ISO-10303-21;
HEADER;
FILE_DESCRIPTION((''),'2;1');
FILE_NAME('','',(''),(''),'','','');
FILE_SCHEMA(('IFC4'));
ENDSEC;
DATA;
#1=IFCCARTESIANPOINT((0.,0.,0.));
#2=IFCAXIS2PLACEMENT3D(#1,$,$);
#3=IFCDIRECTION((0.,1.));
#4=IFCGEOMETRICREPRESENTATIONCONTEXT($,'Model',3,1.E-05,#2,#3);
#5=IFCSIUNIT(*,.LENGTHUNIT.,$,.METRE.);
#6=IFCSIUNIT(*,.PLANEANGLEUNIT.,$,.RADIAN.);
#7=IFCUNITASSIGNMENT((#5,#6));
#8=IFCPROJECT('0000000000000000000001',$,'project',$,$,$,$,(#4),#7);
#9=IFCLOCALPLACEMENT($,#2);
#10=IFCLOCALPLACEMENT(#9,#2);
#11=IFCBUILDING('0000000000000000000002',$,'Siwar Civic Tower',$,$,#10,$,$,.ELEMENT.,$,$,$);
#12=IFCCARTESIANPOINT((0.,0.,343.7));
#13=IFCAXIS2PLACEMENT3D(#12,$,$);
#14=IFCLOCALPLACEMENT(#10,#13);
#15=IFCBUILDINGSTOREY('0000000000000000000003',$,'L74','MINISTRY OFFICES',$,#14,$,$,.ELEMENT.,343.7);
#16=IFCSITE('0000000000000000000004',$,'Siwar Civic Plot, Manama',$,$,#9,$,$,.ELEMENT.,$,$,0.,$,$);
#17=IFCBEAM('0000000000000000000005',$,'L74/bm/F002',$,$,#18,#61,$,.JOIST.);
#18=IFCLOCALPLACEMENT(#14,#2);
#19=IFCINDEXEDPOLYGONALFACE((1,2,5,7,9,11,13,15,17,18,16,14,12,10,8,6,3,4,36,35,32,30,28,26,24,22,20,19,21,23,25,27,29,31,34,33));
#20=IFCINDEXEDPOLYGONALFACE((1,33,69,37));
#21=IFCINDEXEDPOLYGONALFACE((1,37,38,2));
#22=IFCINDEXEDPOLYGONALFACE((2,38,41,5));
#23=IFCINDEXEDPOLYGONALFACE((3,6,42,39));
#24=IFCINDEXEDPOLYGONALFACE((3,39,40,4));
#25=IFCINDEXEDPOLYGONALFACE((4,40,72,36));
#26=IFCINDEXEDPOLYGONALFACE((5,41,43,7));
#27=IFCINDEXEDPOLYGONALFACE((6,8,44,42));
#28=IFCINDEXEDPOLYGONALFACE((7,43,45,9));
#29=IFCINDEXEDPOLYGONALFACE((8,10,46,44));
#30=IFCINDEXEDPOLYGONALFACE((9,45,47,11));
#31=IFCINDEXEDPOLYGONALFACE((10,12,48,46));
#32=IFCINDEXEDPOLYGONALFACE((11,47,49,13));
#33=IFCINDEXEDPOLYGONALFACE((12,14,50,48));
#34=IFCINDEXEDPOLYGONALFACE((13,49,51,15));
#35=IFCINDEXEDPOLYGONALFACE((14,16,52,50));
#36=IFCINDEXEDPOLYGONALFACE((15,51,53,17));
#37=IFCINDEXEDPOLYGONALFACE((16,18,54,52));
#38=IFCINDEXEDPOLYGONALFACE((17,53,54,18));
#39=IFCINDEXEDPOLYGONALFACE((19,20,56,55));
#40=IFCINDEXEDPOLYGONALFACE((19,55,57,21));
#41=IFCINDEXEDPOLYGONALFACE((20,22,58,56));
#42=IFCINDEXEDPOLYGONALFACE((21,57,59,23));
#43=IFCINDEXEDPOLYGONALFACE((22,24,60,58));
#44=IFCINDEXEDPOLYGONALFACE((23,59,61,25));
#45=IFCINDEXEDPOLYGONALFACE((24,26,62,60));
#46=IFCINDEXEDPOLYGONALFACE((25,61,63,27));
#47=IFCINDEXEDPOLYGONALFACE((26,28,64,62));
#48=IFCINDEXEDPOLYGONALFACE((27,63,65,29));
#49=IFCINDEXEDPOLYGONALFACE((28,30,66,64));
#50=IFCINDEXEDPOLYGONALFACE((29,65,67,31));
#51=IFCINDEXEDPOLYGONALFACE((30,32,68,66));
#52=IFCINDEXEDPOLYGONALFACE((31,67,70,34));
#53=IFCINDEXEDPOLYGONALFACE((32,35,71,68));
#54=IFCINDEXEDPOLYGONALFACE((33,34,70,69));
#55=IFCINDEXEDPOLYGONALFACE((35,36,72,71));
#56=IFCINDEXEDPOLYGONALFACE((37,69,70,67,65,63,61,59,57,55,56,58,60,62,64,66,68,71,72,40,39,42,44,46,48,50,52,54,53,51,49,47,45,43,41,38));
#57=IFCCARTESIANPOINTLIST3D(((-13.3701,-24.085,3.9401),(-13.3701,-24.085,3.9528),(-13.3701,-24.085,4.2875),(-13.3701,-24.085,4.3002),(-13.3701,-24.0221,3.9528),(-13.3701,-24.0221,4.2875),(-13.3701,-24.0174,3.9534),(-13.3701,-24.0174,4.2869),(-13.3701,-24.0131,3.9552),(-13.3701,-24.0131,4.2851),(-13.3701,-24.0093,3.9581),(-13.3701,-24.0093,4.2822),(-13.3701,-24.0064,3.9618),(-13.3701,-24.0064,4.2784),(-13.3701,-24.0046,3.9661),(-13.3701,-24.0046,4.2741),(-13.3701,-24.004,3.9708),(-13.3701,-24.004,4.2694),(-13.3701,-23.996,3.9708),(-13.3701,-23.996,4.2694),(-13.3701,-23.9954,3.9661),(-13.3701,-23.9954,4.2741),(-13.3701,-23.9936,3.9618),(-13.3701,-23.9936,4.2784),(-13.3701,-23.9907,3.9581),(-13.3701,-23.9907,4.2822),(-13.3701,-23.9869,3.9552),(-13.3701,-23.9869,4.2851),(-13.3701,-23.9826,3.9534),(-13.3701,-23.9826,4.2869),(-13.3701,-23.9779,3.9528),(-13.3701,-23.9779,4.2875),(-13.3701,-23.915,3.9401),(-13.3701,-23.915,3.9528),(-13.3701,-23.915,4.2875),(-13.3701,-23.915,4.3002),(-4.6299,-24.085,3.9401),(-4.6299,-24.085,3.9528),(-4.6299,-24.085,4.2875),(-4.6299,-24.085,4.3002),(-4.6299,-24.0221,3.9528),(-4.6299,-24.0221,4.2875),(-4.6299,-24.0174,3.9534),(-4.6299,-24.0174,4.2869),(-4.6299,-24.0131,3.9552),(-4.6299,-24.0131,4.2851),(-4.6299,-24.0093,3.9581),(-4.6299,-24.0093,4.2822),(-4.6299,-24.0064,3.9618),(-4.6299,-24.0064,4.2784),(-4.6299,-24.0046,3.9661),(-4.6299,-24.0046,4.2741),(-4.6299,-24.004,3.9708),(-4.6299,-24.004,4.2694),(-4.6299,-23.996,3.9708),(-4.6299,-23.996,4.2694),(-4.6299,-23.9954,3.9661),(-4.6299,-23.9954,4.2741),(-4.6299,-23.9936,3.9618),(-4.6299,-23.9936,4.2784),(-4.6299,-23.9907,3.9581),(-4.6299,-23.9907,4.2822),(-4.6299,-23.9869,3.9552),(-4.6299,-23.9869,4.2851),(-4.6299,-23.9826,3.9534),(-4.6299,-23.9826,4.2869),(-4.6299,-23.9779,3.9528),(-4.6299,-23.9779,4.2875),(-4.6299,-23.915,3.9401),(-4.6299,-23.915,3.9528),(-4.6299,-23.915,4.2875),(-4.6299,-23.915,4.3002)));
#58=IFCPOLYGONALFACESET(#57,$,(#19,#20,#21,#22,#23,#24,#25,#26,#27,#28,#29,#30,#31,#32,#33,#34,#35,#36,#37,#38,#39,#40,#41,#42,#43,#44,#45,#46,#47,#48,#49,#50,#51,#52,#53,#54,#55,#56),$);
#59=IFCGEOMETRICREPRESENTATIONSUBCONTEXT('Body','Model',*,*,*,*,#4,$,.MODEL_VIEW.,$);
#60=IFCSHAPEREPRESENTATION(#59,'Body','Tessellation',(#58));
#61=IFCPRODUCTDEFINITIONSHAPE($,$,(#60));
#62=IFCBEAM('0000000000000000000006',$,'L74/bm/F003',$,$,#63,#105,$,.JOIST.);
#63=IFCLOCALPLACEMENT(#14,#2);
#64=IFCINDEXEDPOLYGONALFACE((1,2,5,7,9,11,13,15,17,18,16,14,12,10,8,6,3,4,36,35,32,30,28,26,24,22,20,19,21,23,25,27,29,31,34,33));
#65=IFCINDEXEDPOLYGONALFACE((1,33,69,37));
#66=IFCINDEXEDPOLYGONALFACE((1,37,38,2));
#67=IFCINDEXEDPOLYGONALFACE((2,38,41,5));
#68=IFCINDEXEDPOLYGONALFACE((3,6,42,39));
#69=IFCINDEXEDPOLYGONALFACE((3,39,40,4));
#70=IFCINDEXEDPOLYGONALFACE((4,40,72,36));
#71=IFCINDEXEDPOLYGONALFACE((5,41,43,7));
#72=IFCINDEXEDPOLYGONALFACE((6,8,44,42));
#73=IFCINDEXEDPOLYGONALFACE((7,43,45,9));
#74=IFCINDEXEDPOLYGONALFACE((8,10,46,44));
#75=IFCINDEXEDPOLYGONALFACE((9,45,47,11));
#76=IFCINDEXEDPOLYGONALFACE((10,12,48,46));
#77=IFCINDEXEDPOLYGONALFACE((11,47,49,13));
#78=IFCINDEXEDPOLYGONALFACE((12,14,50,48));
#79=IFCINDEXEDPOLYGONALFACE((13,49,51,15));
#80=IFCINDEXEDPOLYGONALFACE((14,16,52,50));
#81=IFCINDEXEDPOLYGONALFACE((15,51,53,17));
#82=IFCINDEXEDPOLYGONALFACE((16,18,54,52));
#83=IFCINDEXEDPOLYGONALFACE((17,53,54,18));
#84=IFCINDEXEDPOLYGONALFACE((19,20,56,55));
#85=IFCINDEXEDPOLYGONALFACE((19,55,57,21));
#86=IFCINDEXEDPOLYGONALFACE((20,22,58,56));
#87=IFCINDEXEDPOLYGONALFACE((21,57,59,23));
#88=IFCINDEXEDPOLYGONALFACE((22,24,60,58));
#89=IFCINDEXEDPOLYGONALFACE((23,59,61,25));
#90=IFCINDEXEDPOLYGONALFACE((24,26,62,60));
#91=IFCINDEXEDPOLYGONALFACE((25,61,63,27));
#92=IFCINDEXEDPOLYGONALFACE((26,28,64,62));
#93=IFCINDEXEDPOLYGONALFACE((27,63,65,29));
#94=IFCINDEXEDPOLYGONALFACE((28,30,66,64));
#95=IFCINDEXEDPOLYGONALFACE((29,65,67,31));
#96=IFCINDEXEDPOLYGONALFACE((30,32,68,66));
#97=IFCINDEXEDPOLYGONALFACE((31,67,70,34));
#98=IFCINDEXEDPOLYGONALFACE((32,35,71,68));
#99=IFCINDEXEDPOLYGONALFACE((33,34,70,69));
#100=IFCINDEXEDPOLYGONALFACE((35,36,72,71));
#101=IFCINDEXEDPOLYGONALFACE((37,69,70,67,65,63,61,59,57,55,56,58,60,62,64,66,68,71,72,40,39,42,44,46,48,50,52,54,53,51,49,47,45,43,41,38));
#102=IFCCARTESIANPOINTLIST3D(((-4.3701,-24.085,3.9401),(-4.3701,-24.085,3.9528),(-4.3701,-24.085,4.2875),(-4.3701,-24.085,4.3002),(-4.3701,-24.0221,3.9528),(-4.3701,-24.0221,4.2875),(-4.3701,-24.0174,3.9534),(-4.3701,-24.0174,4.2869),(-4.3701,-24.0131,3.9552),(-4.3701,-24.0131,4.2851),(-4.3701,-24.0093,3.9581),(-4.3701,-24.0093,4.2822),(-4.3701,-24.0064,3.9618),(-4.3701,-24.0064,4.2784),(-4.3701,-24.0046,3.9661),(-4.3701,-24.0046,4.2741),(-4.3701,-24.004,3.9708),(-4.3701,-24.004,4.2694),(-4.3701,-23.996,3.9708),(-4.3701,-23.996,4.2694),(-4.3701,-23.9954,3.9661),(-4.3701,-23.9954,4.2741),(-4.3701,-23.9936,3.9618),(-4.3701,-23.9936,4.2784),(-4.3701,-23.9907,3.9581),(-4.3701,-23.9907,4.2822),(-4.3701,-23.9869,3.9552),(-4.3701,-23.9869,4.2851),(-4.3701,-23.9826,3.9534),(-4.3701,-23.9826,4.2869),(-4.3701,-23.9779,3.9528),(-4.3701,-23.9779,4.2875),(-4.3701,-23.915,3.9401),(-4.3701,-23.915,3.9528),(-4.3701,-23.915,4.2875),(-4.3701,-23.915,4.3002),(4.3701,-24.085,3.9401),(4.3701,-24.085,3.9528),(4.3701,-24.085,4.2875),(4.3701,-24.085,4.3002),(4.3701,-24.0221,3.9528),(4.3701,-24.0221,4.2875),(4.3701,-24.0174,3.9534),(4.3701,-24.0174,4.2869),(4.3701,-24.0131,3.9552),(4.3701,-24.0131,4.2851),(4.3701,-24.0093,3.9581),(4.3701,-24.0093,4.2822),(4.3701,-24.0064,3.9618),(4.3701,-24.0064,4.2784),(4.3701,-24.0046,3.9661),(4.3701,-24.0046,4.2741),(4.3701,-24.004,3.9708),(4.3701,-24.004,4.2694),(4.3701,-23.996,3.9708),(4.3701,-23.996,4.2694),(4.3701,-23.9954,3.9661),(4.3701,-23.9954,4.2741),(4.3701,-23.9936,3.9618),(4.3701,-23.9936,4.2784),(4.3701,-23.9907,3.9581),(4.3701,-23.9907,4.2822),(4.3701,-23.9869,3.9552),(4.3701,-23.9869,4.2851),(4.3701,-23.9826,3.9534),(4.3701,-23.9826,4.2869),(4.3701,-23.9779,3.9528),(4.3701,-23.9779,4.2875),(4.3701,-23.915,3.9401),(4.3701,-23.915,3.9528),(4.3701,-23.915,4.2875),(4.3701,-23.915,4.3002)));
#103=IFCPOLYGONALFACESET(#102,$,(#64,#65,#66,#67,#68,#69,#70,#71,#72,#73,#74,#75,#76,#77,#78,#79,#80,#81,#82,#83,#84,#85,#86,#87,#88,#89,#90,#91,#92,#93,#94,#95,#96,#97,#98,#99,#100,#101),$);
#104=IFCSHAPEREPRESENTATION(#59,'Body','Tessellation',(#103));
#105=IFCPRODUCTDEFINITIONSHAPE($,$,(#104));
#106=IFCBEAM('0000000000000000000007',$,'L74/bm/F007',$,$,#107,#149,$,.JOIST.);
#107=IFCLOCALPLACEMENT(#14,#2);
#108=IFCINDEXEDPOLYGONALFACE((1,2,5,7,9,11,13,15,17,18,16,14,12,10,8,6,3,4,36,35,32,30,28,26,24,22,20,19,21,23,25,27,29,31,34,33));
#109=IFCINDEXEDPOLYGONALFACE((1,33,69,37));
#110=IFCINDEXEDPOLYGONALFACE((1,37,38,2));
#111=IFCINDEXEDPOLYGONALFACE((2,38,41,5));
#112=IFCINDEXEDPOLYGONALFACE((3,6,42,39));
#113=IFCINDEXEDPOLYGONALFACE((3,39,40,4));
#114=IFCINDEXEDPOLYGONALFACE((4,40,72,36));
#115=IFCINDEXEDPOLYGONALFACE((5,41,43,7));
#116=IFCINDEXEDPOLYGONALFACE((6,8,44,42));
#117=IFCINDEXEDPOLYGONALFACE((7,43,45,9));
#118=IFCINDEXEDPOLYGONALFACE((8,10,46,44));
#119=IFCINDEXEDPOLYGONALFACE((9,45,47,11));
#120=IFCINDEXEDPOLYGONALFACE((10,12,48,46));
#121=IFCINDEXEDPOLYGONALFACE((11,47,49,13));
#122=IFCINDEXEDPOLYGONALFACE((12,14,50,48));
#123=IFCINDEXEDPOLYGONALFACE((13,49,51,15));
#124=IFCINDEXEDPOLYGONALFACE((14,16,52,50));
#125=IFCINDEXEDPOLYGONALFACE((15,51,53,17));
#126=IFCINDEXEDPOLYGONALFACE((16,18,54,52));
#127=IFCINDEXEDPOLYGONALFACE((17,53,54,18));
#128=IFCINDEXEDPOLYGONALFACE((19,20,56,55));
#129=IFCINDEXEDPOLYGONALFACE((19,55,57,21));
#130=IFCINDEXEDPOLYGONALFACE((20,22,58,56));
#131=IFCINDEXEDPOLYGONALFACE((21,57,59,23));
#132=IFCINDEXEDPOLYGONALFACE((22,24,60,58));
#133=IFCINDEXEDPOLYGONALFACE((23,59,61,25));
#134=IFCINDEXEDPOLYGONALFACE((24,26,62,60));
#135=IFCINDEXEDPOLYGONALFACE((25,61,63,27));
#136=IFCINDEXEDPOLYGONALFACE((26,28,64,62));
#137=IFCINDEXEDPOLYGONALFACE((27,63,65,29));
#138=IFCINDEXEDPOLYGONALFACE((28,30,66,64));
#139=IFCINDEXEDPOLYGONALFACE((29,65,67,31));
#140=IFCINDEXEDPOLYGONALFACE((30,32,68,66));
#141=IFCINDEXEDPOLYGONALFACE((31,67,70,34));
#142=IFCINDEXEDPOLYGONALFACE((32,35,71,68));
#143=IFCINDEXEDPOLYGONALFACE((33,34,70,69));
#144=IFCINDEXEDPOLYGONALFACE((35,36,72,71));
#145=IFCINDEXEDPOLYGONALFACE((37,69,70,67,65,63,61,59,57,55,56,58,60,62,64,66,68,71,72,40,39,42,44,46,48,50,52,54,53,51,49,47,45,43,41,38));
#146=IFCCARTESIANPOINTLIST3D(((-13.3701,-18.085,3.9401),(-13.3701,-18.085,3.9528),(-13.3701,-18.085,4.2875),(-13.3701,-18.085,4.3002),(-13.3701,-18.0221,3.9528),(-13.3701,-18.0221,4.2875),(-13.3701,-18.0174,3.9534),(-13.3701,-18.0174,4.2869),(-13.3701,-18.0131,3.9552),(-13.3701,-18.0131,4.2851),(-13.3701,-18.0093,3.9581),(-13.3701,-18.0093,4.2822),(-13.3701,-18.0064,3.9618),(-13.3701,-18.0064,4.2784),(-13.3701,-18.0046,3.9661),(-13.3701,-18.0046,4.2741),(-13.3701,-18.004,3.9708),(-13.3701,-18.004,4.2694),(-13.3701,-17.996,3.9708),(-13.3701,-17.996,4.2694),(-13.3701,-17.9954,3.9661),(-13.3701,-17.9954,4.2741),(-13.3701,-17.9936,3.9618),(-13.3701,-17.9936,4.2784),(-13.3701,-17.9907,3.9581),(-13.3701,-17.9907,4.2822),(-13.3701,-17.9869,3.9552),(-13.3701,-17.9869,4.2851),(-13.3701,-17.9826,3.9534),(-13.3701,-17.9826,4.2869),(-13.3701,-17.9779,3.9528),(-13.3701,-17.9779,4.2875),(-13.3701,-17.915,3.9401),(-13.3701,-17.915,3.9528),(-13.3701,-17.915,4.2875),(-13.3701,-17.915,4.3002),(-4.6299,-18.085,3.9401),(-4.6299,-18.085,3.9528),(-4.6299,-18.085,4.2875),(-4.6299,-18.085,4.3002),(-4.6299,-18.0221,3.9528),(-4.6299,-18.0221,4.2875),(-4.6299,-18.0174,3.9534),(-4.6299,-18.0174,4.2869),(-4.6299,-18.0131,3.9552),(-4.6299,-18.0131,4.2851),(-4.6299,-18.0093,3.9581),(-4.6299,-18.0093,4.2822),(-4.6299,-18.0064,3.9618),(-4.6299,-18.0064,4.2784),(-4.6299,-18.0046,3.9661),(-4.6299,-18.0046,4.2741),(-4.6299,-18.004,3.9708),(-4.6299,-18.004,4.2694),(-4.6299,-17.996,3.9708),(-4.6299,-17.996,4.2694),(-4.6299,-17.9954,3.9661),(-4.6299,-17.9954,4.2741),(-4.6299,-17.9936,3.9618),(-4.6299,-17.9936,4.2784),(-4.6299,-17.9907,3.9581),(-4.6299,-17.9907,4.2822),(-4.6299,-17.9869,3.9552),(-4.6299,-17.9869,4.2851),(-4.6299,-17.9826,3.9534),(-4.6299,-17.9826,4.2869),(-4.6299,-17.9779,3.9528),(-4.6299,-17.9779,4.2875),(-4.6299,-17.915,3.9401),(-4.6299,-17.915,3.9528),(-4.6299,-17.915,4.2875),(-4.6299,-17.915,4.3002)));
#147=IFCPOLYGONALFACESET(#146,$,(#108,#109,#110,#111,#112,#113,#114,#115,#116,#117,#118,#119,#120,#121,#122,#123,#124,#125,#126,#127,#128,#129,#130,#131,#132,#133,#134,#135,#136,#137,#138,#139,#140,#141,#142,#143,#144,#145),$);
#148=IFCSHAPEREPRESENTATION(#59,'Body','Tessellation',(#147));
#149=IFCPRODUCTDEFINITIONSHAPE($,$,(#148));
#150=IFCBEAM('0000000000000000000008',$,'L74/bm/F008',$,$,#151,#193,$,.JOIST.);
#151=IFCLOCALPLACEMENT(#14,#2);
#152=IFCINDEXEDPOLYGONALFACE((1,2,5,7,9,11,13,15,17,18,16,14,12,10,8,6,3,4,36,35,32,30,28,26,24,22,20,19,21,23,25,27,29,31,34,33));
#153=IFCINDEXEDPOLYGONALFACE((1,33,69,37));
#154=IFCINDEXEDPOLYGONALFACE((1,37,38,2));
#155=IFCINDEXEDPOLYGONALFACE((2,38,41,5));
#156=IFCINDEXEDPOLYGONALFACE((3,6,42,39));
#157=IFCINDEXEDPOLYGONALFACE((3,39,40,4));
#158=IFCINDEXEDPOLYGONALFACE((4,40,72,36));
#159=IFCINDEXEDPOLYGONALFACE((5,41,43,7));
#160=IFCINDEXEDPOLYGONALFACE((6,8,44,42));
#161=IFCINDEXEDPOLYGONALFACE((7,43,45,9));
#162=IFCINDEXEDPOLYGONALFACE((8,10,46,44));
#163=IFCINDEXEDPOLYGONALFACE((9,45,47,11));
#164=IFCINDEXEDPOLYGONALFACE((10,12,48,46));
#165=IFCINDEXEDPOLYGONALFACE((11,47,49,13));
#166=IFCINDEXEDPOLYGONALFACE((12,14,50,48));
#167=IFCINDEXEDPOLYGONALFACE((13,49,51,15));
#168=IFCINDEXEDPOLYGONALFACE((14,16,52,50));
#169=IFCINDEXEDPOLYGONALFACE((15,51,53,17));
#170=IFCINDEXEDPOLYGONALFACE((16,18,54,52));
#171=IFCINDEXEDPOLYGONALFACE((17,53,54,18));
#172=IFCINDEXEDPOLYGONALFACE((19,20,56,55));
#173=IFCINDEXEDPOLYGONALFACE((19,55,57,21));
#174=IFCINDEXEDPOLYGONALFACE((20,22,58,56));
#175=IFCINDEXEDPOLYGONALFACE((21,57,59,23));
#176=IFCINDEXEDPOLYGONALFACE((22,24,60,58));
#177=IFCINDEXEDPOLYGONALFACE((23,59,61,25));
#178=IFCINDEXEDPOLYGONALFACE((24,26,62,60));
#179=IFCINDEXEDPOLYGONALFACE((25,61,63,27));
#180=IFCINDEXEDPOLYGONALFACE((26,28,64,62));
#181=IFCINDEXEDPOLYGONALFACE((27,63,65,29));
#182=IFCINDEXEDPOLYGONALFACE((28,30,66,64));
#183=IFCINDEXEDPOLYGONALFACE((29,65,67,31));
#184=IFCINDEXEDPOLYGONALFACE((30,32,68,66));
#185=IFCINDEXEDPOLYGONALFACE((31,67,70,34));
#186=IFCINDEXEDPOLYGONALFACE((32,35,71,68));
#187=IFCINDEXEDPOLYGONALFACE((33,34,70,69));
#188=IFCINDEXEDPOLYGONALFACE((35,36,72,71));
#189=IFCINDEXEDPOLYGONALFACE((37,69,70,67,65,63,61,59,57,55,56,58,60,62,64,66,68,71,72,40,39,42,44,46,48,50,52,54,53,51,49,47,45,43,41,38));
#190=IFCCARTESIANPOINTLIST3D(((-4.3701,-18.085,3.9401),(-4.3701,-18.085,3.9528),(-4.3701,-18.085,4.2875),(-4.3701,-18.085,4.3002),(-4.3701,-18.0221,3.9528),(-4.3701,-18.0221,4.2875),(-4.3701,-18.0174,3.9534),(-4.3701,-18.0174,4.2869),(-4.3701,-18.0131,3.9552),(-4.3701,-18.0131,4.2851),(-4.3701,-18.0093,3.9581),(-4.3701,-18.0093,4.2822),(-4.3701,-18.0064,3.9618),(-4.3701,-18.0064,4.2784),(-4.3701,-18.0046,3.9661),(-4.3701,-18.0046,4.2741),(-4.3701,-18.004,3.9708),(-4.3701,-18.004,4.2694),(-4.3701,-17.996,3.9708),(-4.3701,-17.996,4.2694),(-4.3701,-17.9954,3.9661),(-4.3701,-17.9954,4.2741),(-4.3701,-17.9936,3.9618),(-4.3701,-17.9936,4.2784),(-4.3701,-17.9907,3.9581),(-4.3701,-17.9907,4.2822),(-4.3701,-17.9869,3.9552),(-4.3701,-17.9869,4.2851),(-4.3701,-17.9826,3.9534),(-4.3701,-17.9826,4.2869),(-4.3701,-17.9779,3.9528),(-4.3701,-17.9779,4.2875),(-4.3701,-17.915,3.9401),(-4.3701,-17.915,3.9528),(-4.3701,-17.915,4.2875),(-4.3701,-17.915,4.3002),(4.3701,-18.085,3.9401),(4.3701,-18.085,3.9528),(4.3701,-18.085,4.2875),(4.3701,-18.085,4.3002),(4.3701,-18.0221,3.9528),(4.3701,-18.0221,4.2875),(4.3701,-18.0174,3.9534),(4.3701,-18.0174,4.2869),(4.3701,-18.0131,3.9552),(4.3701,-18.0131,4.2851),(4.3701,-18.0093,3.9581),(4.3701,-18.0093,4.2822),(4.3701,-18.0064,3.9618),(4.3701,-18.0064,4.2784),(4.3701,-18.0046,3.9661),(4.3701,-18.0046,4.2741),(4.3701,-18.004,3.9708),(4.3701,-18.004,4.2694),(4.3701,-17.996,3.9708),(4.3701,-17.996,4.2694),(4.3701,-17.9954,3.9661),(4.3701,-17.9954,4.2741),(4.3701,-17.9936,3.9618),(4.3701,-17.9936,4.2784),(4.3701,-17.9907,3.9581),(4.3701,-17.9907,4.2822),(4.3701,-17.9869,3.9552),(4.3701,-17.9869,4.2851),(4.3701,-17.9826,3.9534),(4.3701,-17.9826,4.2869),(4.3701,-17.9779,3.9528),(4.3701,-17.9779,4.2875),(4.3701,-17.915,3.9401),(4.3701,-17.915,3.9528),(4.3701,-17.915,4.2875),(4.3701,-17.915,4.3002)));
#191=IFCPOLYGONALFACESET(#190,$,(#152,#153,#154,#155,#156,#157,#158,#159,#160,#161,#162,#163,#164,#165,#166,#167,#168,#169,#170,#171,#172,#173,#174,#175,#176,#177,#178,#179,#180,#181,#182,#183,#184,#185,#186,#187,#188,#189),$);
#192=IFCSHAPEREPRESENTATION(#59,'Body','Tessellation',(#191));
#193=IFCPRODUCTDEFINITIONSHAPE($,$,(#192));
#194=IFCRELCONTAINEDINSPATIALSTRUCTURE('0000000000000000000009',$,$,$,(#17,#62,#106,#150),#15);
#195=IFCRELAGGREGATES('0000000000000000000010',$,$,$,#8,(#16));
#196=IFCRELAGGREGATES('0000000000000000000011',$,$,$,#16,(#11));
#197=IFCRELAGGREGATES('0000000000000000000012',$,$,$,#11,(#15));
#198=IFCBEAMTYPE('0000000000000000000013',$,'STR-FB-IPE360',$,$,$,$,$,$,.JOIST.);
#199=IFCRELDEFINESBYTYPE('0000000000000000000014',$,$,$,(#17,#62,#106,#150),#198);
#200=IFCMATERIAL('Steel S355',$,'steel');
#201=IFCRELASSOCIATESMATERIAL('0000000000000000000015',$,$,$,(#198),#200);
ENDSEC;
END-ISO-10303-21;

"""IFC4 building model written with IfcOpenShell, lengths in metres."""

from ifc_helpers import new_model, si_unit, direction, frame, origin, origin_2d, place, context, subcontext, project, spatial, i_section, extrude, material, material_profile, profile_set, type_object, element, save


model = new_model("IFC4")

# Units and contexts
model_context = context("Model", 3, precision=1e-05, world=origin(), true_north=direction((0.0, 1.0)))
body_context = subcontext(model_context, "Body", "Model", "MODEL_VIEW")
ifc_project = project(units=[si_unit("LENGTHUNIT", "METRE"), si_unit("PLANEANGLEUNIT", "RADIAN")], contexts=[model_context])

# Site, building, storey
site_placement = place(None, origin())
site = spatial("IfcSite", under=ifc_project, at=site_placement, Name="Siwar Civic Plot, Manama", CompositionType="ELEMENT", RefElevation=0.0)
building_placement = place(site_placement, origin())
building = spatial("IfcBuilding", under=site, at=building_placement, Name="Siwar Civic Tower", CompositionType="ELEMENT")
storey_placement = place(building_placement, frame((0.0, 0.0, 343.7)))
storey = spatial("IfcBuildingStorey", under=building, at=storey_placement, Name="L74", Description="MINISTRY OFFICES", CompositionType="ELEMENT", Elevation=343.7)

# Beams
ifc_material_1 = material(Name="Steel S355", Category="steel")
ifc_material_profile_1 = material_profile(ifc_material_1, i_section(OverallWidth=0.1699, OverallDepth=0.3601, WebThickness=0.0081, FlangeThickness=0.0127, FilletRadius=0.0181, at=origin_2d()), Name="IPE360")
ifc_profile_set_1 = profile_set([ifc_material_profile_1], Name="Steel S355")
beam_type_1 = type_object("IfcBeamType", Name="STR-FB-IPE360", PredefinedType="JOIST", material=ifc_profile_set_1)
for number, where, z_axis, x_axis, name in (
    (1, (-13.3701, -24.0, 4.1201), (1.0, 0.0, 0.0), (0.0, 1.0, 0.0), "L74/bm/F002"),
    (2, (-4.3701, -24.0, 4.1201), (1.0, 0.0, 0.0), (0.0, 1.0, 0.0), "L74/bm/F003"),
    (3, (-13.3701, -18.0, 4.1201), (1.0, 0.0, 0.0), (0.0, 1.0, 0.0), "L74/bm/F007"),
    (4, (-4.3701, -18.0, 4.1201), (1.0, 0.0, 0.0), (0.0, 1.0, 0.0), "L74/bm/F008"),
):
    element("IfcBeam", number, at=place(storey_placement, frame(where, z_axis=z_axis, x_axis=x_axis)), inside=storey, type_object=beam_type_1, Name=name, PredefinedType="JOIST", context=body_context, shape_type="SweptSolid", body=[
        extrude(i_section(OverallWidth=0.1699, OverallDepth=0.3601, WebThickness=0.0081, FlangeThickness=0.0127, FilletRadius=0.0181, at=origin_2d()), origin(), (0.0, 0.0, 1.0), 8.7402),
    ])

save(model, "model.ifc")
